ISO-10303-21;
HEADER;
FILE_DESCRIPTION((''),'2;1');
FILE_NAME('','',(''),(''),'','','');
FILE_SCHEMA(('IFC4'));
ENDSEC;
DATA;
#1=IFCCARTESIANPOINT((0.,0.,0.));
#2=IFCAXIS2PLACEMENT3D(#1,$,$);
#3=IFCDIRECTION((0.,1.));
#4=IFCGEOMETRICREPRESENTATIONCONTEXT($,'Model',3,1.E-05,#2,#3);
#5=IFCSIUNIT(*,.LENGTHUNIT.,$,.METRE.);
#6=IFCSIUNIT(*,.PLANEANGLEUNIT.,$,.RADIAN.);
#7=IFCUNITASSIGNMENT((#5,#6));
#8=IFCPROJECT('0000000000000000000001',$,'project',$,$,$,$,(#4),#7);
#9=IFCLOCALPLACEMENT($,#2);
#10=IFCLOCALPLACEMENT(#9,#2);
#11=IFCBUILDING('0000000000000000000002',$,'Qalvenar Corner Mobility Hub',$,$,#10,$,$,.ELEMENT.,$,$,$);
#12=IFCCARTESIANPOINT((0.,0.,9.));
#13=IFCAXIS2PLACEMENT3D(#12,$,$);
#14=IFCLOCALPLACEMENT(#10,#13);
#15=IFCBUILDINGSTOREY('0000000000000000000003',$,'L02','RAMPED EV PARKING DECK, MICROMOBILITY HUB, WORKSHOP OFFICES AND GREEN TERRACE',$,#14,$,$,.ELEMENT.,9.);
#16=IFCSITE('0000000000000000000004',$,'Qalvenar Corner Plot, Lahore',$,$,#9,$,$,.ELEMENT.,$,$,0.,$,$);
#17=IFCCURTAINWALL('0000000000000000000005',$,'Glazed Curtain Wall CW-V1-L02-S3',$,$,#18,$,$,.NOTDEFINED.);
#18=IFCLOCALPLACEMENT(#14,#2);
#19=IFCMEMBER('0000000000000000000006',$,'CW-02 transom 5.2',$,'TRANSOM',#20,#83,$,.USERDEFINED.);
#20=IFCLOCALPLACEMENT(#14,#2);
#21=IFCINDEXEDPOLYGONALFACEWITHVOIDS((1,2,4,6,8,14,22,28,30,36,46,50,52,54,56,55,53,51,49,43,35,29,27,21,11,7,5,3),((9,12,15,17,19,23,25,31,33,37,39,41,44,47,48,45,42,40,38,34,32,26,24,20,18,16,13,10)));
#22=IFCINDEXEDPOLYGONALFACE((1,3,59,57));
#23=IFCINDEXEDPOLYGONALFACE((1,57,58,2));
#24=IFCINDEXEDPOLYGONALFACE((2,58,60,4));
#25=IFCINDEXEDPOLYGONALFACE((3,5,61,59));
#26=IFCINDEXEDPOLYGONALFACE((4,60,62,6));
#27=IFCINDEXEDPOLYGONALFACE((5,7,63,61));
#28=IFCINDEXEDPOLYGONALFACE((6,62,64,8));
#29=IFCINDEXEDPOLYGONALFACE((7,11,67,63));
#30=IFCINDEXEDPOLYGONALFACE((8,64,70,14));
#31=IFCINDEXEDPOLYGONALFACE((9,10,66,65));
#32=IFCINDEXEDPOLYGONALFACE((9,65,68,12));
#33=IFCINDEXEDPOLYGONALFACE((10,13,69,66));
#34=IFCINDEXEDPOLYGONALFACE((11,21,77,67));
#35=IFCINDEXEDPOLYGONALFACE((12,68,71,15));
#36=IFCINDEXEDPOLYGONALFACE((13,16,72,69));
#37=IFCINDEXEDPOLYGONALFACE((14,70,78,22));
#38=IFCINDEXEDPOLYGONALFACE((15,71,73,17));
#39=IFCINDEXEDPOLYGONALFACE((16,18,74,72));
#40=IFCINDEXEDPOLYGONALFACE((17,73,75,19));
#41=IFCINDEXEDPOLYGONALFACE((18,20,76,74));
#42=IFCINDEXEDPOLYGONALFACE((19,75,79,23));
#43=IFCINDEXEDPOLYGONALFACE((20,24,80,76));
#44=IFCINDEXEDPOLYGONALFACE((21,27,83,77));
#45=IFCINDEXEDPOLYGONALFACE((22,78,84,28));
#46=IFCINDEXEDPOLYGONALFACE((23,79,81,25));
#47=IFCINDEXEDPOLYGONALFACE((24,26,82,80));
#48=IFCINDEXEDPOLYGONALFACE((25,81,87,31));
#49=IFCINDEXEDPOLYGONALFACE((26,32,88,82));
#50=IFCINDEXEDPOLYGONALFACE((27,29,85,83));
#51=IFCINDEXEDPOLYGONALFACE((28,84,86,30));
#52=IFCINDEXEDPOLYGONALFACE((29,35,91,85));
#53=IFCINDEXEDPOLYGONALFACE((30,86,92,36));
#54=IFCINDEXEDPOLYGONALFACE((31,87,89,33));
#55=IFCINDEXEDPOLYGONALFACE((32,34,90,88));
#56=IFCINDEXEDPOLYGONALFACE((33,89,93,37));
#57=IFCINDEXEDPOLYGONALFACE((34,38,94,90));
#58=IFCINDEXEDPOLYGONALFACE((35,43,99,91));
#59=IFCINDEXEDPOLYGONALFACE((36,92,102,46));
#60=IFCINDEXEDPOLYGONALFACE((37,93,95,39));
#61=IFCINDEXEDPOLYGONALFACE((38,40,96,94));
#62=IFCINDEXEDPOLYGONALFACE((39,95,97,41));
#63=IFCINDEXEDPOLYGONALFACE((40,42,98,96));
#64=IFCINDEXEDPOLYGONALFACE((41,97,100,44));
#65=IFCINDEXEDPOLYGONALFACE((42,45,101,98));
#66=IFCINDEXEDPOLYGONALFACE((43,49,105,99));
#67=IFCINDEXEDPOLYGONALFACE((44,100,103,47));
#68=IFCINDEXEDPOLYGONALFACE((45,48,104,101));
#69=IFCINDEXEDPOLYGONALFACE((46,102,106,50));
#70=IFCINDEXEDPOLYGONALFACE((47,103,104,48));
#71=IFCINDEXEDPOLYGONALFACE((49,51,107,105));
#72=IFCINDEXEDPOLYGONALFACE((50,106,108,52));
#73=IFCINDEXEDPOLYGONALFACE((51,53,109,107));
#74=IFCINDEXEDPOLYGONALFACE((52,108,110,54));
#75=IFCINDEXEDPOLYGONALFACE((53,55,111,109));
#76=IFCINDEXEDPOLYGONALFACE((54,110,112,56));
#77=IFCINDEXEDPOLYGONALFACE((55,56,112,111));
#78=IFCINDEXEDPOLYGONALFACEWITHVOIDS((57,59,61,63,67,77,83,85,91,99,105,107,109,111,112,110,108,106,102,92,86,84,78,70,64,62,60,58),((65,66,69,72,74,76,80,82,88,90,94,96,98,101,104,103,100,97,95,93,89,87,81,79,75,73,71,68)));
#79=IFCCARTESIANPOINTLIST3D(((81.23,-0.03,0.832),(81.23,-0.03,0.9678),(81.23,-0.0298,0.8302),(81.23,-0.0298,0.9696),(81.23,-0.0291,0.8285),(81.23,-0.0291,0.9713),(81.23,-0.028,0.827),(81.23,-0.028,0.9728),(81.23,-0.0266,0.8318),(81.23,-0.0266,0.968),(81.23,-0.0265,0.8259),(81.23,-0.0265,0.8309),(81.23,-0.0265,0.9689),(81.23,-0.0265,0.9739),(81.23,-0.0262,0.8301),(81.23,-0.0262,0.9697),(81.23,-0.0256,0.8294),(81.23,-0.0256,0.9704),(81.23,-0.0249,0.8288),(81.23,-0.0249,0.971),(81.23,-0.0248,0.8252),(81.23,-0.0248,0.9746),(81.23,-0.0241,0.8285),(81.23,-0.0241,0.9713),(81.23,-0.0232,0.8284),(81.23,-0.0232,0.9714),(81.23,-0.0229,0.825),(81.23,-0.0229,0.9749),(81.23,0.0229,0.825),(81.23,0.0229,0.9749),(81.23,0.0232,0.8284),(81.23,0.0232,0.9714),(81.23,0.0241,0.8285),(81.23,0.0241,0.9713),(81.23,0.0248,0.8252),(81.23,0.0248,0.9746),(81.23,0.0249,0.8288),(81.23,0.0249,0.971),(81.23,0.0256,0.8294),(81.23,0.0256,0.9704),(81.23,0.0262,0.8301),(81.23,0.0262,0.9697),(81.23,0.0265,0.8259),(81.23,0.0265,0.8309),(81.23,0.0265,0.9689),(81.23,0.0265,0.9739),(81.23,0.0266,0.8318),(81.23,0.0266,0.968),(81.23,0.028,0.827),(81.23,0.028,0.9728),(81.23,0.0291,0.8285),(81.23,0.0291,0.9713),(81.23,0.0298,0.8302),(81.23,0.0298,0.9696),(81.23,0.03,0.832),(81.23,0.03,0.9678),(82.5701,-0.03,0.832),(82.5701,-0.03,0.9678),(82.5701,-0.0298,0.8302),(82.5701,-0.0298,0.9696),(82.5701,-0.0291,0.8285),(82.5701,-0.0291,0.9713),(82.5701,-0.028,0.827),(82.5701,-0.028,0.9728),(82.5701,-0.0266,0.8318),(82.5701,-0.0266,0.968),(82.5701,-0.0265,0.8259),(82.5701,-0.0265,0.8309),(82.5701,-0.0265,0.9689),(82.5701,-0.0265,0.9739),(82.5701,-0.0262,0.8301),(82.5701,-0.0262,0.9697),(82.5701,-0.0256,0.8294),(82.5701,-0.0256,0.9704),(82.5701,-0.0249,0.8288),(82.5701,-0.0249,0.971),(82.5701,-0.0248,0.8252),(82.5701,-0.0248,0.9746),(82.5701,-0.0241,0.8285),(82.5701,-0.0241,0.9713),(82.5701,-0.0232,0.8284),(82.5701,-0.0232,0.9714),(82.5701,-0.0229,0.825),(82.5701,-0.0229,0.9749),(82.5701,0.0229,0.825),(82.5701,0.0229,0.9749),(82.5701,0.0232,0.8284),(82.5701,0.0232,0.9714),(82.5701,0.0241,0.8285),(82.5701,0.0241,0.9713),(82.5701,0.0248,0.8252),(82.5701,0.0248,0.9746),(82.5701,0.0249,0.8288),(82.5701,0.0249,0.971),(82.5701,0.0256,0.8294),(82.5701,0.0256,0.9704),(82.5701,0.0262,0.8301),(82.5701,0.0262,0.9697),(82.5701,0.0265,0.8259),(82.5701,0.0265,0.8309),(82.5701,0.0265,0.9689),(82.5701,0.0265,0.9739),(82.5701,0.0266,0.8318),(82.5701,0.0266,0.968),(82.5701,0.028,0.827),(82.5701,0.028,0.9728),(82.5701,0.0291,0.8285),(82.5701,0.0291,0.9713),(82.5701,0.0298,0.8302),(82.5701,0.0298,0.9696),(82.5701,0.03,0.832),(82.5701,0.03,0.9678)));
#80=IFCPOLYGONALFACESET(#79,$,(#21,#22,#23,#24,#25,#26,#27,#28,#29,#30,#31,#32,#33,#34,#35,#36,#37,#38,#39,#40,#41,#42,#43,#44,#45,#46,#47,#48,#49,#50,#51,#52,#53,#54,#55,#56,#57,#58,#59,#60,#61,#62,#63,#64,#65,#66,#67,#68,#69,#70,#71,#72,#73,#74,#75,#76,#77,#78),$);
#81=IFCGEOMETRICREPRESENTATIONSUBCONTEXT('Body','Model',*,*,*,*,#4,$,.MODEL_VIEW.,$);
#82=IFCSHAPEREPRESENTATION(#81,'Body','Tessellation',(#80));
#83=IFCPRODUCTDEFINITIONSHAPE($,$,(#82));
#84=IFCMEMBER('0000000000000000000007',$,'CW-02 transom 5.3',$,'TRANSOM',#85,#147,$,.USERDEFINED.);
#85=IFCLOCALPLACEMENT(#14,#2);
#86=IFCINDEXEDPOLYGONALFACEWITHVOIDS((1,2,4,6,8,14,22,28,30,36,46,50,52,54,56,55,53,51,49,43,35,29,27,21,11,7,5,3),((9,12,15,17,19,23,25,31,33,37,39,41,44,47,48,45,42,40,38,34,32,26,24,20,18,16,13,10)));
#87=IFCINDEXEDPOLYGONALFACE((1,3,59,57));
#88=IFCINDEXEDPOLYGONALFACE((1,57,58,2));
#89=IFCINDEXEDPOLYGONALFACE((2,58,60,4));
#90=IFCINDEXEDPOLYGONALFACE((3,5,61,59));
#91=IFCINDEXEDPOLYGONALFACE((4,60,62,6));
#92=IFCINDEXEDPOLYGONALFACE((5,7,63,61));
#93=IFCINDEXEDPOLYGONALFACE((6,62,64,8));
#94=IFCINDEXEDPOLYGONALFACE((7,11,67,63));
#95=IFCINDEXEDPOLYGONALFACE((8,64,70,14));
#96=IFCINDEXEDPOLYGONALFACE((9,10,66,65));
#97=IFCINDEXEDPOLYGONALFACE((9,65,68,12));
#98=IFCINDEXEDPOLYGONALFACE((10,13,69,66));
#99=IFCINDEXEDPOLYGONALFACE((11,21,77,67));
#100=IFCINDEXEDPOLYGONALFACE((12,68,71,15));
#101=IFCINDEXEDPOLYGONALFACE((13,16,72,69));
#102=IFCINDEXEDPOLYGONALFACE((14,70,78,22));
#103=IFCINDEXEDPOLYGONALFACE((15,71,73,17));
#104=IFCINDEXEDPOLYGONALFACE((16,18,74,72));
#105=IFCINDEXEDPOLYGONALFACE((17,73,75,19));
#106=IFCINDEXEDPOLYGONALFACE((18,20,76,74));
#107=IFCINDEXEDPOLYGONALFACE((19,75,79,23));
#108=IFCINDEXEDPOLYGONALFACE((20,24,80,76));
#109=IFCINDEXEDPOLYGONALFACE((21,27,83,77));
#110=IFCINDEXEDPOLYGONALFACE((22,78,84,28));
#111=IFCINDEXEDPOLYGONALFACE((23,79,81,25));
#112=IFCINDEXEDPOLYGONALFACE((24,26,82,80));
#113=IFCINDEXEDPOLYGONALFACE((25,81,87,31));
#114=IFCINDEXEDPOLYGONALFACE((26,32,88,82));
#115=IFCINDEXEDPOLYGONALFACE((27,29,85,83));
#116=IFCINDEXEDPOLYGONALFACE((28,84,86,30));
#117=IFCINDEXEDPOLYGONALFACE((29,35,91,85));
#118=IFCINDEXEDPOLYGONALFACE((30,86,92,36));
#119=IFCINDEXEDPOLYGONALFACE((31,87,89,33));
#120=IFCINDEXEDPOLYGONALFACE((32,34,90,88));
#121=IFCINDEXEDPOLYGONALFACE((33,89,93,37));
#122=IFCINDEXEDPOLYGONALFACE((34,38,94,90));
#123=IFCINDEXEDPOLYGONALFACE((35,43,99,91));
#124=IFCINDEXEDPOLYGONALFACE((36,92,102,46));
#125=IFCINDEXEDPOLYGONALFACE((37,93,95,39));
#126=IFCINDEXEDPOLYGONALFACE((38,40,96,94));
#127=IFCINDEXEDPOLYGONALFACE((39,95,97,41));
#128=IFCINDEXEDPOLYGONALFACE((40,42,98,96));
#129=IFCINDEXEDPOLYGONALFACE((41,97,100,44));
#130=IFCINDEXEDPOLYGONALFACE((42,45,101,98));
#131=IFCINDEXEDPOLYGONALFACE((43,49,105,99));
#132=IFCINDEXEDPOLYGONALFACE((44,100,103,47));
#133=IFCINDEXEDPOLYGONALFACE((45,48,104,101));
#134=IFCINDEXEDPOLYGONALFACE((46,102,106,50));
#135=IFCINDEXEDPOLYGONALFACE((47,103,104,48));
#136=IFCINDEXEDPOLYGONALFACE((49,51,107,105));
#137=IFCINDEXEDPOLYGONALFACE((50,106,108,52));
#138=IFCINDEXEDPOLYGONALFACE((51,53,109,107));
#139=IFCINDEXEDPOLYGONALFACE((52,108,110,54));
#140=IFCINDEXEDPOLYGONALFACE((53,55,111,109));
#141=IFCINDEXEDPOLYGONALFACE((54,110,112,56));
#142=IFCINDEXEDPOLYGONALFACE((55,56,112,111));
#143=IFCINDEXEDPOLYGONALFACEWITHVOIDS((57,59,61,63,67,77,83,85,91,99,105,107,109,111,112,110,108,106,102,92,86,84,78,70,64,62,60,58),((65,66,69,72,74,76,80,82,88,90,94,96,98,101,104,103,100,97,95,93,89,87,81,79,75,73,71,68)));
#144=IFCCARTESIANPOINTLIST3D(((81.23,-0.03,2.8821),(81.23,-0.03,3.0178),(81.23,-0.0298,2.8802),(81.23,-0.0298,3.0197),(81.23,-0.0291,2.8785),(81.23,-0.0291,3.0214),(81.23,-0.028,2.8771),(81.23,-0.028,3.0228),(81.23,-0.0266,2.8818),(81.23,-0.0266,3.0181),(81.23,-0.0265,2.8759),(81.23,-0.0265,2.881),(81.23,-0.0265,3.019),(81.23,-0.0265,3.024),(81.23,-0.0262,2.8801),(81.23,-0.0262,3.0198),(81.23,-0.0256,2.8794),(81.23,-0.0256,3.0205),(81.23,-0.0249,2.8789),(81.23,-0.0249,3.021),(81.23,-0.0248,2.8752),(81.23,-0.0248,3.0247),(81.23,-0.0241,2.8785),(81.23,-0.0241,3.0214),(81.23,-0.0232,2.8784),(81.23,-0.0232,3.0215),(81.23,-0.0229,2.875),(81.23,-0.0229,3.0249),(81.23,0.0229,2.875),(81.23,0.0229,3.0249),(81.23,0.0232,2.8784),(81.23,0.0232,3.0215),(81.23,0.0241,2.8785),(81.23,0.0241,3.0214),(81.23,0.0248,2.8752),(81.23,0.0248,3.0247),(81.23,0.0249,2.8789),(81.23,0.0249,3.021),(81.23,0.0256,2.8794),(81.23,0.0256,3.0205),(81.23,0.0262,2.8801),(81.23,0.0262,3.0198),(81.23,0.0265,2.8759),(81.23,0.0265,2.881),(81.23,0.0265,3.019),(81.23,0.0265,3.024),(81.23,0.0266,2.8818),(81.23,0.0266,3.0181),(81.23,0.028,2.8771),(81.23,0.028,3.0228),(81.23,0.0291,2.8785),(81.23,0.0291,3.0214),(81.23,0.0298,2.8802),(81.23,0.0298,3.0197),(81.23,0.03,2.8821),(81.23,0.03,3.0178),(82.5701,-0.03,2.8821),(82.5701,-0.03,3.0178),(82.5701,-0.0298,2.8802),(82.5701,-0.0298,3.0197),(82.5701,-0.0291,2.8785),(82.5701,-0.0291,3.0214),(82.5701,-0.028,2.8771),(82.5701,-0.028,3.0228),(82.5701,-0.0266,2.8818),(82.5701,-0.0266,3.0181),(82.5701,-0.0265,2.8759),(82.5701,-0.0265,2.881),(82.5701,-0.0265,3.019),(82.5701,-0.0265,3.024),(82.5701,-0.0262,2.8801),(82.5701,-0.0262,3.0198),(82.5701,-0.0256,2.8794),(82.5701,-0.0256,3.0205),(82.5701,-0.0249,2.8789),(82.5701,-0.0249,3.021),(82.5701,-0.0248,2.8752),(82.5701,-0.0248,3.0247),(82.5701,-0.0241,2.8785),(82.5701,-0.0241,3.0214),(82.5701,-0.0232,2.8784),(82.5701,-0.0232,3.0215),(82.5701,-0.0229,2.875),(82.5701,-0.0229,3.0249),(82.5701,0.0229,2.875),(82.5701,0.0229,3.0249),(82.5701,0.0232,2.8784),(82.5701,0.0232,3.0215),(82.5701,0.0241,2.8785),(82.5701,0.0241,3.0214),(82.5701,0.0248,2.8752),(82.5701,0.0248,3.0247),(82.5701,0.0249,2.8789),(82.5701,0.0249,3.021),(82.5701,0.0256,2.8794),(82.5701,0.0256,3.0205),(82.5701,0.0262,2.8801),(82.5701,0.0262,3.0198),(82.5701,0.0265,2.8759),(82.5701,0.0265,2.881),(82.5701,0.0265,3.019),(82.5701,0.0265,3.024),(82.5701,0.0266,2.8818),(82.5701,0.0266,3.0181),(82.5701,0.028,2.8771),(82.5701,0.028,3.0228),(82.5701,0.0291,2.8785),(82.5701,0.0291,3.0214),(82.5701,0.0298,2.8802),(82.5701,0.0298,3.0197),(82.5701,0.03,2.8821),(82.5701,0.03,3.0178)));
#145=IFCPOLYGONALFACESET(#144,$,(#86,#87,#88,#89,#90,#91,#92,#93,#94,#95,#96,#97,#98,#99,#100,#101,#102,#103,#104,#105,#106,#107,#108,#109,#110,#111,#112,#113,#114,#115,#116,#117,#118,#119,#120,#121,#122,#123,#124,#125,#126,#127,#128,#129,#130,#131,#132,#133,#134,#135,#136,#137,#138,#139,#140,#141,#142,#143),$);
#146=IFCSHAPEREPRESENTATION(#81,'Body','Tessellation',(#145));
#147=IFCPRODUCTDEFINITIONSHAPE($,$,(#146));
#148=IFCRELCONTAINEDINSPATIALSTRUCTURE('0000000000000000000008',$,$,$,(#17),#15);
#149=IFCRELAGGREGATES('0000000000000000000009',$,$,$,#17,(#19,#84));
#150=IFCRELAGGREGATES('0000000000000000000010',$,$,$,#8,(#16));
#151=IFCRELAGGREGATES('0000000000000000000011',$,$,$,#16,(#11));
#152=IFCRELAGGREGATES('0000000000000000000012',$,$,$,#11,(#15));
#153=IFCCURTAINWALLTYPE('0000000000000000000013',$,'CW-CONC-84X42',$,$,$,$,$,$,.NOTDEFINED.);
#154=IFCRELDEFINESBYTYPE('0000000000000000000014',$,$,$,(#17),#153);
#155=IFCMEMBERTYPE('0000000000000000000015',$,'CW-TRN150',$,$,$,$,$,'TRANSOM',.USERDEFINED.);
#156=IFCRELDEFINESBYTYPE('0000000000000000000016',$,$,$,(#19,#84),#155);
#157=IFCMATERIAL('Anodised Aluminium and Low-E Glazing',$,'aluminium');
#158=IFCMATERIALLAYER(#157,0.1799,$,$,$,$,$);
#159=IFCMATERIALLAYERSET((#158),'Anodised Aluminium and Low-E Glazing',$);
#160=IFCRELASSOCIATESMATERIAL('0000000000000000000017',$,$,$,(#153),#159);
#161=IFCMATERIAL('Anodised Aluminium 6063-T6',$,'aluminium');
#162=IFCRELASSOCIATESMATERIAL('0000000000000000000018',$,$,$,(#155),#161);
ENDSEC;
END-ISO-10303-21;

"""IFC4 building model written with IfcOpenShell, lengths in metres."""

from ifc_helpers import new_model, si_unit, direction, frame, origin, origin_2d, place, context, subcontext, project, spatial, hollow_rectangle, extrude, material, layer, layer_set, material_profile, profile_set, type_object, element, aggregate, save


model = new_model("IFC4")

# Units and contexts
model_context = context("Model", 3, precision=1e-05, world=origin(), true_north=direction((0.0, 1.0)))
body_context = subcontext(model_context, "Body", "Model", "MODEL_VIEW")
ifc_project = project(units=[si_unit("LENGTHUNIT", "METRE"), si_unit("PLANEANGLEUNIT", "RADIAN")], contexts=[model_context])

# Site, building, storey
site_placement = place(None, origin())
site = spatial("IfcSite", under=ifc_project, at=site_placement, Name="Qalvenar Corner Plot, Lahore", CompositionType="ELEMENT", RefElevation=0.0)
building_placement = place(site_placement, origin())
building = spatial("IfcBuilding", under=site, at=building_placement, Name="Qalvenar Corner Mobility Hub", CompositionType="ELEMENT")
storey_placement = place(building_placement, frame((0.0, 0.0, 9.0)))
storey = spatial("IfcBuildingStorey", under=building, at=storey_placement, Name="L02", Description="RAMPED EV PARKING DECK, MICROMOBILITY HUB, WORKSHOP OFFICES AND GREEN TERRACE", CompositionType="ELEMENT", Elevation=9.0)

# Curtain wall
ifc_material_1 = material(Name="Anodised Aluminium and Low-E Glazing", Category="aluminium")
ifc_layer_1 = layer(ifc_material_1, 0.1799)
ifc_layer_set_1 = layer_set([ifc_layer_1], Name="Anodised Aluminium and Low-E Glazing")
curtain_wall_type = type_object("IfcCurtainWallType", Name="CW-CONC-84X42", PredefinedType="NOTDEFINED", material=ifc_layer_set_1)
curtain_wall_1_placement = place(storey_placement, origin())
curtain_wall_1 = element("IfcCurtainWall", 1, at=curtain_wall_1_placement, inside=storey, type_object=curtain_wall_type, Name="Glazed Curtain Wall CW-V1-L02-S3", PredefinedType="NOTDEFINED")
ifc_material_2 = material(Name="Anodised Aluminium 6063-T6", Category="aluminium")

# Members
ifc_material_profile_1 = material_profile(ifc_material_2, hollow_rectangle(XDim=0.0601, YDim=0.1499, WallThickness=0.0034, InnerFilletRadius=0.0034, OuterFilletRadius=0.0071, at=origin_2d()), Name="RHS150x60x3.5")
ifc_profile_set_1 = profile_set([ifc_material_profile_1], Name="Anodised Aluminium 6063-T6")
member_type_1 = type_object("IfcMemberType", Name="CW-TRN150", ElementType="TRANSOM", PredefinedType="USERDEFINED", material=ifc_profile_set_1)
member_1_placement = place(storey_placement, frame((81.23, 0.0, 0.8999), z_axis=(1.0, 0.0, 0.0), x_axis=(0.0, 1.0, 0.0)))
member_1 = element("IfcMember", 2, at=member_1_placement, type_object=member_type_1, Name="CW-02 transom 5.2", ObjectType="TRANSOM", PredefinedType="USERDEFINED", context=body_context, shape_type="SweptSolid", body=[
    extrude(hollow_rectangle(XDim=0.0601, YDim=0.1499, WallThickness=0.0034, InnerFilletRadius=0.0034, OuterFilletRadius=0.0071, at=origin_2d()), origin(), (0.0, 0.0, 1.0), 1.3401),
])
member_2_placement = place(storey_placement, frame((81.23, 0.0, 2.95), z_axis=(1.0, 0.0, 0.0), x_axis=(0.0, 1.0, 0.0)))
member_2 = element("IfcMember", 3, at=member_2_placement, type_object=member_type_1, Name="CW-02 transom 5.3", ObjectType="TRANSOM", PredefinedType="USERDEFINED", context=body_context, shape_type="SweptSolid", body=[
    extrude(hollow_rectangle(XDim=0.0601, YDim=0.1499, WallThickness=0.0034, InnerFilletRadius=0.0034, OuterFilletRadius=0.0071, at=origin_2d()), origin(), (0.0, 0.0, 1.0), 1.3401),
])

aggregate(curtain_wall_1, [member_1, member_2])

save(model, "model.ifc")
